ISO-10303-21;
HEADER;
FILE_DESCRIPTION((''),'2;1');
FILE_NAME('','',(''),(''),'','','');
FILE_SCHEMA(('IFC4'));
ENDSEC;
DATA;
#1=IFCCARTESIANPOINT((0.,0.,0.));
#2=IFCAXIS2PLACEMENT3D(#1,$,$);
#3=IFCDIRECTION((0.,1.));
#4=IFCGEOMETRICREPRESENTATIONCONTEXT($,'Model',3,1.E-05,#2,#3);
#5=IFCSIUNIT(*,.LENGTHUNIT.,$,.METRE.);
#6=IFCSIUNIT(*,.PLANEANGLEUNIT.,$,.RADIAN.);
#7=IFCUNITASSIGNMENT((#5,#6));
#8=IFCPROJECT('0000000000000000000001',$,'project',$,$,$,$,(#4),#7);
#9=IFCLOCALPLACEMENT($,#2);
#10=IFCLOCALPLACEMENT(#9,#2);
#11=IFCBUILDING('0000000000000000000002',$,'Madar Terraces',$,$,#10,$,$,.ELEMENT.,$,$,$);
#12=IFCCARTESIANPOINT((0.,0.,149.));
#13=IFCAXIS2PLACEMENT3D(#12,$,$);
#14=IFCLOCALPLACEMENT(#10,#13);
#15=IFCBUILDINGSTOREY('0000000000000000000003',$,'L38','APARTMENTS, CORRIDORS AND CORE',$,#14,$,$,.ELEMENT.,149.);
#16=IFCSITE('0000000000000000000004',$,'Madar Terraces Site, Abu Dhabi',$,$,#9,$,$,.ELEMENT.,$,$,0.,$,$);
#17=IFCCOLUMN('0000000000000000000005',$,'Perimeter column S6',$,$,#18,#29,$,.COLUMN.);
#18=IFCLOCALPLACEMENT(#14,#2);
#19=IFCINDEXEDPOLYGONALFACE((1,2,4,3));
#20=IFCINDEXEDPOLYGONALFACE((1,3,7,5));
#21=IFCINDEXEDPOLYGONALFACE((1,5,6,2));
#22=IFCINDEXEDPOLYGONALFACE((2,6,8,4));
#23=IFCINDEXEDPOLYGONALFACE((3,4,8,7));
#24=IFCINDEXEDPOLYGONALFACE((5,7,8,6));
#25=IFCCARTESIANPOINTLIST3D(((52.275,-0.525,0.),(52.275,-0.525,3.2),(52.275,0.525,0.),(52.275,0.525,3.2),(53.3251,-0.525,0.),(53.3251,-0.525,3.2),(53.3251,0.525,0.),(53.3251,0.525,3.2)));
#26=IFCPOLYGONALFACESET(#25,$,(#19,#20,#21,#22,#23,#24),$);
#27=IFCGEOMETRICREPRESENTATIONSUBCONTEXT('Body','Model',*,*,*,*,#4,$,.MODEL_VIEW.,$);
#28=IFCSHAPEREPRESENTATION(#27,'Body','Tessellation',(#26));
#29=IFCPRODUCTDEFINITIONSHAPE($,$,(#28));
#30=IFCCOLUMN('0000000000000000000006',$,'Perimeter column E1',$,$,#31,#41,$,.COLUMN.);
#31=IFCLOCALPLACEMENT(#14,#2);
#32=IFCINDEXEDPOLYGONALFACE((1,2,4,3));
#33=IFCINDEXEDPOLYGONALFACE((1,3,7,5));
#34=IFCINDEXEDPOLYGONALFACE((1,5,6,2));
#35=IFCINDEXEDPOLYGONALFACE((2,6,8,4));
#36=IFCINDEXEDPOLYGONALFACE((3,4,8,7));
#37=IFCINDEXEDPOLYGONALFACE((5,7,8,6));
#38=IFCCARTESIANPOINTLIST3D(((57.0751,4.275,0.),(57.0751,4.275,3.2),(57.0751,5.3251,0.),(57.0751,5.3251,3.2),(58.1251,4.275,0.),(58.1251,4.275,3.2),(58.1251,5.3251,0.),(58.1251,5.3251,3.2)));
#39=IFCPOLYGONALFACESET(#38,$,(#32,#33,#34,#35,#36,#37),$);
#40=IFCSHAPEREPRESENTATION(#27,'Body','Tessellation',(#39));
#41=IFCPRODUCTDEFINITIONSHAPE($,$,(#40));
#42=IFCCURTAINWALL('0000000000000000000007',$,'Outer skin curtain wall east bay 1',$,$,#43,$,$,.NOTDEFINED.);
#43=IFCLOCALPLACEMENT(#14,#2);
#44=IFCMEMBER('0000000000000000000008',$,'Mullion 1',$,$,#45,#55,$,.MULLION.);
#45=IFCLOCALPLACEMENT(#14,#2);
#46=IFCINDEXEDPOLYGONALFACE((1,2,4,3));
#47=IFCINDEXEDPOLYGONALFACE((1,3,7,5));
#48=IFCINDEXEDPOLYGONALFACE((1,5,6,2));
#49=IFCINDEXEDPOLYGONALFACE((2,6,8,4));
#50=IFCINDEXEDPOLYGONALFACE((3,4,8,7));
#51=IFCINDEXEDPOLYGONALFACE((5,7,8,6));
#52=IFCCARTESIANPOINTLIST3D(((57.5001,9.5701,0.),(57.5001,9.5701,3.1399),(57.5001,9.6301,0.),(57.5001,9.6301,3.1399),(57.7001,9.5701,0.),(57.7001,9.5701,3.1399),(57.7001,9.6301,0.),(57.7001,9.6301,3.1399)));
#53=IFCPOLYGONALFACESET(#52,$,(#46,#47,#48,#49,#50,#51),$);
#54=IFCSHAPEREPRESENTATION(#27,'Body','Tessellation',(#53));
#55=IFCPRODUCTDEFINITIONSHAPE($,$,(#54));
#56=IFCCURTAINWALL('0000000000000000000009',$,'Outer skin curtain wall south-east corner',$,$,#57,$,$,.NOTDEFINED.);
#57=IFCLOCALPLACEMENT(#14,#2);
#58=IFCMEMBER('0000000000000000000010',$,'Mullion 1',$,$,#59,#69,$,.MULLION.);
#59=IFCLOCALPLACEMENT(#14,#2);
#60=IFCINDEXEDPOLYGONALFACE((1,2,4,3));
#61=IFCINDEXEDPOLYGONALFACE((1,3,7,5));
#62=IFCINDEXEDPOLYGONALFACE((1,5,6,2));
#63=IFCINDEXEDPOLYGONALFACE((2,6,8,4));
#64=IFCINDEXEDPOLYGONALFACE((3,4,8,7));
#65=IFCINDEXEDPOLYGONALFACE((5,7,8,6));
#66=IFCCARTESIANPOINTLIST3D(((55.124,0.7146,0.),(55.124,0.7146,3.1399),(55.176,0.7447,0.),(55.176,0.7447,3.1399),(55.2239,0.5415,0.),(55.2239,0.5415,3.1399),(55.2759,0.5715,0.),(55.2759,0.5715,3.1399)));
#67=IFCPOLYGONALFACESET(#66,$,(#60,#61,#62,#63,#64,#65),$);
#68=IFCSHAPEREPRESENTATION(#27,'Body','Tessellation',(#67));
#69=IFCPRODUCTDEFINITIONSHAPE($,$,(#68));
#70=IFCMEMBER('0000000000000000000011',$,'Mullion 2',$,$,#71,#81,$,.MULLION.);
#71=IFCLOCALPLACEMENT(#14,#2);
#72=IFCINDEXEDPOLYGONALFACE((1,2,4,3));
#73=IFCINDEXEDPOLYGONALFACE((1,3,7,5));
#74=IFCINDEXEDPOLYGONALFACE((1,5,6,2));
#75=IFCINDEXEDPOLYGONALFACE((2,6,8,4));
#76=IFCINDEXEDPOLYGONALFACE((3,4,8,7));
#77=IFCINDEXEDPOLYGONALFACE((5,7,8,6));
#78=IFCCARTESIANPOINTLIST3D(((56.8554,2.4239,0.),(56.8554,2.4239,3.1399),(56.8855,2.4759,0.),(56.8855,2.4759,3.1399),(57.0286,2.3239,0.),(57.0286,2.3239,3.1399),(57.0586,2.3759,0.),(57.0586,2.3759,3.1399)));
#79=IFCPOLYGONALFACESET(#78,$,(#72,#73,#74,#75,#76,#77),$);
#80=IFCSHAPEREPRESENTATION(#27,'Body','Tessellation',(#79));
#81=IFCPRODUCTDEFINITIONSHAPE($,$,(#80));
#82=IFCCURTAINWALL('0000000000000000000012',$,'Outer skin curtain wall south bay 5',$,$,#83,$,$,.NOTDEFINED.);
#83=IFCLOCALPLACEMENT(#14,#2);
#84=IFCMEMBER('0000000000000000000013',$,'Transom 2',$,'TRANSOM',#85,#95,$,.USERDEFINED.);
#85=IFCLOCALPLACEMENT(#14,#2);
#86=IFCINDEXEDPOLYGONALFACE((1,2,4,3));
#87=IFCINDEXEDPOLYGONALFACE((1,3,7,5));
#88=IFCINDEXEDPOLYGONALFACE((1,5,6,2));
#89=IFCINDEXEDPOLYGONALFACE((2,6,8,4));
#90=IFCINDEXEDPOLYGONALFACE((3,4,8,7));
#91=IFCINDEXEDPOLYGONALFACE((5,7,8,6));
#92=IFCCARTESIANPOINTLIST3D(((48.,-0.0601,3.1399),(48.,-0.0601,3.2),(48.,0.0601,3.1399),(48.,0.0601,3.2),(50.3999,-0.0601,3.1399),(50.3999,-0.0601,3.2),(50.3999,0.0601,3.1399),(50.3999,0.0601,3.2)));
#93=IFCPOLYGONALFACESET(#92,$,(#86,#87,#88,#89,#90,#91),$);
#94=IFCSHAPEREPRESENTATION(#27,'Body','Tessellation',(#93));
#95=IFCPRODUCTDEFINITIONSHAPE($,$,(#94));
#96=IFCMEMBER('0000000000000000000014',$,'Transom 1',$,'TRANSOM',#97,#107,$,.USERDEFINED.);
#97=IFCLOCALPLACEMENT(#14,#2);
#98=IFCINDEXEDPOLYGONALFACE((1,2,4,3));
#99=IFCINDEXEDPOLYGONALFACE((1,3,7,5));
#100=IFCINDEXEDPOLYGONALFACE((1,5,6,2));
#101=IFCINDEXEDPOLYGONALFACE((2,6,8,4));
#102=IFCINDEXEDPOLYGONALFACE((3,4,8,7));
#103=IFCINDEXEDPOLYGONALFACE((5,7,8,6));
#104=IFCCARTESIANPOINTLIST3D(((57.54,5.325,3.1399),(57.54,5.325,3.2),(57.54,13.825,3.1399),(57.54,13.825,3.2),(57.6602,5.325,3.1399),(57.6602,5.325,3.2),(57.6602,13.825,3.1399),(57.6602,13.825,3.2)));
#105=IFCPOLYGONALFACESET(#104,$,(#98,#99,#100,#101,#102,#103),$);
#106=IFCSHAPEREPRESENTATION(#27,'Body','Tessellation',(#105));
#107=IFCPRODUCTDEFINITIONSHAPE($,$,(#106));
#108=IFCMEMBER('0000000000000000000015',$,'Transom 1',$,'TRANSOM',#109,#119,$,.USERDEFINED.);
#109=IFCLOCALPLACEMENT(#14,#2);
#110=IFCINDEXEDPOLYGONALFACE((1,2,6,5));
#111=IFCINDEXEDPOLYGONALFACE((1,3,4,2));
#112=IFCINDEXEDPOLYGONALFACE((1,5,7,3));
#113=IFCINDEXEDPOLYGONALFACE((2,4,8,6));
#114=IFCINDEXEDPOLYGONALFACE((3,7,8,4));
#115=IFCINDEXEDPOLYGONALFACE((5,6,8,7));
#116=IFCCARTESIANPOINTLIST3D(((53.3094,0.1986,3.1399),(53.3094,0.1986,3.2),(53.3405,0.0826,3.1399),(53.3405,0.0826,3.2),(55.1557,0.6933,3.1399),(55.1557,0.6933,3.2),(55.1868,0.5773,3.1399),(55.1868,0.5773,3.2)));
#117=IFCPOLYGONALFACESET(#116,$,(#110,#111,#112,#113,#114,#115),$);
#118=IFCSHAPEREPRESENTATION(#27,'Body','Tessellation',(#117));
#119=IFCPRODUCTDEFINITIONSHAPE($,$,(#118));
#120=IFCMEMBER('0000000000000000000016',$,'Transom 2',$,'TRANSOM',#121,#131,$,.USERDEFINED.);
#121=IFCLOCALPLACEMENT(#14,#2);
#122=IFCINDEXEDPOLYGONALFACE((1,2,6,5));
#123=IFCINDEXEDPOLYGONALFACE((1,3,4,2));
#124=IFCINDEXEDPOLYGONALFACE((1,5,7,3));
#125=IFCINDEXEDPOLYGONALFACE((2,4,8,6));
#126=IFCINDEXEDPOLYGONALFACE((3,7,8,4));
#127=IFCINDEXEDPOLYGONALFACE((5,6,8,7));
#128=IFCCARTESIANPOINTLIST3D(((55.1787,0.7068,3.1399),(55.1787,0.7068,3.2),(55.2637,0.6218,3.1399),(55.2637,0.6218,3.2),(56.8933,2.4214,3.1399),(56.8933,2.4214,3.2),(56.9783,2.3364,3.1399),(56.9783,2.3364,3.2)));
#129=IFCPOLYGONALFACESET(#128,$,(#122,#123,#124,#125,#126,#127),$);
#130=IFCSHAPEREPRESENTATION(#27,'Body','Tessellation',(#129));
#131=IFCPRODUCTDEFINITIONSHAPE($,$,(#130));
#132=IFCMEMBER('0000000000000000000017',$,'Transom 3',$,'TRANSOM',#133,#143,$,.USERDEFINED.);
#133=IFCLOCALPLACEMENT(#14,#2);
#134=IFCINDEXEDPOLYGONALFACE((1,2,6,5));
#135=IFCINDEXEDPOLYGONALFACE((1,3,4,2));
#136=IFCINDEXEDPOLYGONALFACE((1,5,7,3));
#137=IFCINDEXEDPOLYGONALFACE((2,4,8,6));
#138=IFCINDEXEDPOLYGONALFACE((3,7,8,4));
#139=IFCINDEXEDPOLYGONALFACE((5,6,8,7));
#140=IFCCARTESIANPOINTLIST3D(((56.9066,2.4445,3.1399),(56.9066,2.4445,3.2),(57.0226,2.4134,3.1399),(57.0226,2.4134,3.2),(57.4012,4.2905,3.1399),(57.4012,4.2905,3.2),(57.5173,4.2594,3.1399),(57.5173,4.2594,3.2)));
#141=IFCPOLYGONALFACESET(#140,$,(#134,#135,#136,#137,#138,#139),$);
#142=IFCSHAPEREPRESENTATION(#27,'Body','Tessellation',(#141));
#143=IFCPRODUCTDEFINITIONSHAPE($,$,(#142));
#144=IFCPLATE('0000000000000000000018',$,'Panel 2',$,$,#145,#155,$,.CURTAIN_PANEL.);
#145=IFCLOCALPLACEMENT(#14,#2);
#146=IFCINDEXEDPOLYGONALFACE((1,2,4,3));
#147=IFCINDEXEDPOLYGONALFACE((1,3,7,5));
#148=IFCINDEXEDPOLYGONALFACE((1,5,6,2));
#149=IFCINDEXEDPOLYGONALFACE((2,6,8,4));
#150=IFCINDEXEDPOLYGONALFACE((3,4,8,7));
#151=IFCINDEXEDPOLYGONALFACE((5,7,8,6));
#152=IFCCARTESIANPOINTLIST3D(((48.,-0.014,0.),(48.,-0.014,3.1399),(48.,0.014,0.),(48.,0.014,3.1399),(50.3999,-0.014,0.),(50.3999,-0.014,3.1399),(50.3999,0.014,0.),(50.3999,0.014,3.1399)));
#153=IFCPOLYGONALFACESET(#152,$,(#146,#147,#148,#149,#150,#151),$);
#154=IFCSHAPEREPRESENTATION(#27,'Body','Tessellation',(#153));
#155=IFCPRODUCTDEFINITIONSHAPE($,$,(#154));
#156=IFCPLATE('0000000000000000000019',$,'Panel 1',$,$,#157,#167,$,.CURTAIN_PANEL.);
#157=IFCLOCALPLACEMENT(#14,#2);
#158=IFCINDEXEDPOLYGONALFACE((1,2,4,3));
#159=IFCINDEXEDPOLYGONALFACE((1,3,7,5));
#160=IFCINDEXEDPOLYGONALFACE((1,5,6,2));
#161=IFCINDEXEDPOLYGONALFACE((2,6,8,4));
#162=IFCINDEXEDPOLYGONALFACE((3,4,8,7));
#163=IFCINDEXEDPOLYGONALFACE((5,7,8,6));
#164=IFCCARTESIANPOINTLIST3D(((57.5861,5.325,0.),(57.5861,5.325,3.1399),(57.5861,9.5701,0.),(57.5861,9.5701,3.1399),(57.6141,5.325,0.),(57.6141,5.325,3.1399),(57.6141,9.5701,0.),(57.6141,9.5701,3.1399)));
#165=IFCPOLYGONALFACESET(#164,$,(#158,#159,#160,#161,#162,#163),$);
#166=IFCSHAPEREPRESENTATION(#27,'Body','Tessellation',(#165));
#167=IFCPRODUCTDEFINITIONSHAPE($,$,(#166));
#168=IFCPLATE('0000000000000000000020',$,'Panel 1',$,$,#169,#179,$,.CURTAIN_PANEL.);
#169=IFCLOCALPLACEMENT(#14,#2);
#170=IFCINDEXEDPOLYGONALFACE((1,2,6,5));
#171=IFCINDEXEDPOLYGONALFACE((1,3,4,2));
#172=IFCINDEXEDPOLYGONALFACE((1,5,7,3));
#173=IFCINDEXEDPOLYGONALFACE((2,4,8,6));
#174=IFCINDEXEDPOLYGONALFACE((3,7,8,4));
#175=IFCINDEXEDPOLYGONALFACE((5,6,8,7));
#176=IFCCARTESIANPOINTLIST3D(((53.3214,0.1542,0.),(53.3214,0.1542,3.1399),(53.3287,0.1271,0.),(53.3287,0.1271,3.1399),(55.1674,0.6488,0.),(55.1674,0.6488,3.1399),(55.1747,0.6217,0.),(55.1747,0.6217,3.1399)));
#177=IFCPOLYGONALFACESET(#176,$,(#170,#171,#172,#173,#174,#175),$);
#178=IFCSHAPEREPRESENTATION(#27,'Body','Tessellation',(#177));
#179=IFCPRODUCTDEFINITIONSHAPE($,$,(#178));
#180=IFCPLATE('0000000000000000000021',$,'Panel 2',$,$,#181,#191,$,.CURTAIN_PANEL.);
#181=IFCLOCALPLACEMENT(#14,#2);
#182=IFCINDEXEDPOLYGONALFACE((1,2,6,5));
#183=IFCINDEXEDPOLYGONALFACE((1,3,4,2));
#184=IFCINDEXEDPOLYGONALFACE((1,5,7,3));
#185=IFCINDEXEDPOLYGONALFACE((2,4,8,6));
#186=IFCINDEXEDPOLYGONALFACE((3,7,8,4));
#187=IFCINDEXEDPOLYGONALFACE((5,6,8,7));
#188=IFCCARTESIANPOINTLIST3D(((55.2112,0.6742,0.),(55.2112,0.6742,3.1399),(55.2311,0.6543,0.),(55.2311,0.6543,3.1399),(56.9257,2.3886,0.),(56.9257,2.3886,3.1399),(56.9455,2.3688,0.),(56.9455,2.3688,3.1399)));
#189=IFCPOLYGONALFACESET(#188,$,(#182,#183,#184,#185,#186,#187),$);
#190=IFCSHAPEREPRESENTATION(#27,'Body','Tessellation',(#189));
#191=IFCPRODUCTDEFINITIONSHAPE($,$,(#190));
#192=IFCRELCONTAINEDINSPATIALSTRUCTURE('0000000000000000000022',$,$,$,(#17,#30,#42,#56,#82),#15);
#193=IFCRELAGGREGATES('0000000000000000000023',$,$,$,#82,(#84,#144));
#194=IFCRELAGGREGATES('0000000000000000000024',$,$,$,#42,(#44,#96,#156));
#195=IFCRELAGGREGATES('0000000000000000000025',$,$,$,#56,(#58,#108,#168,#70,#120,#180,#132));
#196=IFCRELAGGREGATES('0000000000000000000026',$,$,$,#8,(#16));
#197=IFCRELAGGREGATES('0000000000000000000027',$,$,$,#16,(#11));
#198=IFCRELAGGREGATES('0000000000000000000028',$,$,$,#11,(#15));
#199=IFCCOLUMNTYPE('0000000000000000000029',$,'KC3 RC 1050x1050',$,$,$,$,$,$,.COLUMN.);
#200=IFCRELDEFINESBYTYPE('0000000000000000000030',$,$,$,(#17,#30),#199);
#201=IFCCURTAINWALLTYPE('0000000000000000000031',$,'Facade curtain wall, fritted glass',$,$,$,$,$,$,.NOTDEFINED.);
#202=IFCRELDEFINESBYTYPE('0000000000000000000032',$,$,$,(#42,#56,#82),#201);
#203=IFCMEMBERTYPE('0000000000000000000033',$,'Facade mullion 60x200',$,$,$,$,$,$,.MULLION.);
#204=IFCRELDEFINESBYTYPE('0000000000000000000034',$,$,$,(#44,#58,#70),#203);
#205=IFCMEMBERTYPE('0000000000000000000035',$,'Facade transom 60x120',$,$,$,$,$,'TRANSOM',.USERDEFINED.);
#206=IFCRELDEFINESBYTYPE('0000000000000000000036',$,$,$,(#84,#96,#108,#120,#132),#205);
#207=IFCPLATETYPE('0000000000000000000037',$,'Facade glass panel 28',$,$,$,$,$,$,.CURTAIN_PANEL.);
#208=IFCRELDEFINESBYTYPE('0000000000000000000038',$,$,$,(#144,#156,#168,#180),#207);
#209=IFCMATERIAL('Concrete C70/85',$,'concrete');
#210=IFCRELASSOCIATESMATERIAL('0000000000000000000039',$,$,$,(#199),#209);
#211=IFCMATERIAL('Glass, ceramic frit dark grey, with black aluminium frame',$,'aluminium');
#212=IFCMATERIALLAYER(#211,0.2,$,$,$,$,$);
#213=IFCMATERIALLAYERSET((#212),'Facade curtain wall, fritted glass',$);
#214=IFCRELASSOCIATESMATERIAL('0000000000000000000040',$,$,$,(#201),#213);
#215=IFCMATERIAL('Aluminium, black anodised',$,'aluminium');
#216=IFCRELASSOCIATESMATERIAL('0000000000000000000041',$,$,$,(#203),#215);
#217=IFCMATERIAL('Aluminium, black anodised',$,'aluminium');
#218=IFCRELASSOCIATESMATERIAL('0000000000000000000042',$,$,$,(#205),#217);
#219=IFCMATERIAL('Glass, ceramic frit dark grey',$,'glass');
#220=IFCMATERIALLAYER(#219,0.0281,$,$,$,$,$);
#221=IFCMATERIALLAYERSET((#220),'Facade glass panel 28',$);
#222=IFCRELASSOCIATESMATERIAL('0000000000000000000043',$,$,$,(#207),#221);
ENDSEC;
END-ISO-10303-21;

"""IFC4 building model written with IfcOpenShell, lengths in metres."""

from ifc_helpers import new_model, si_unit, direction, frame, origin, origin_2d, place, context, subcontext, project, spatial, rectangle, extrude, material, layer, layer_set, material_profile, profile_set, type_object, element, aggregate, save


model = new_model("IFC4")

# Units and contexts
model_context = context("Model", 3, precision=1e-05, world=origin(), true_north=direction((0.0, 1.0)))
body_context = subcontext(model_context, "Body", "Model", "MODEL_VIEW")
ifc_project = project(units=[si_unit("LENGTHUNIT", "METRE"), si_unit("PLANEANGLEUNIT", "RADIAN")], contexts=[model_context])

# Site, building, storey
site_placement = place(None, origin())
site = spatial("IfcSite", under=ifc_project, at=site_placement, Name="Madar Terraces Site, Abu Dhabi", CompositionType="ELEMENT", RefElevation=0.0)
building_placement = place(site_placement, origin())
building = spatial("IfcBuilding", under=site, at=building_placement, Name="Madar Terraces", CompositionType="ELEMENT")
storey_placement = place(building_placement, frame((0.0, 0.0, 149.0)))
storey = spatial("IfcBuildingStorey", under=building, at=storey_placement, Name="L38", Description="APARTMENTS, CORRIDORS AND CORE", CompositionType="ELEMENT", Elevation=149.0)

# Columns
ifc_material_1 = material(Name="Concrete C70/85", Category="concrete")
ifc_material_profile_1 = material_profile(ifc_material_1, rectangle(XDim=1.05, YDim=1.05, at=origin_2d()), Name="KC3 RC 1050x1050")
ifc_profile_set_1 = profile_set([ifc_material_profile_1], Name="Concrete C70/85")
column_type = type_object("IfcColumnType", Name="KC3 RC 1050x1050", PredefinedType="COLUMN", material=ifc_profile_set_1)
for number, where, z_axis, x_axis, name in (
    (1, (52.8, 0.0, 0.0), (0.0, 0.0, 1.0), (1.0, 0.0, 0.0), "Perimeter column S6"),
    (2, (57.6001, 4.8, 0.0), (0.0, 0.0, 1.0), (1.0, 0.0, 0.0), "Perimeter column E1"),
):
    element("IfcColumn", number, at=place(storey_placement, frame(where, z_axis=z_axis, x_axis=x_axis)), inside=storey, type_object=column_type, Name=name, PredefinedType="COLUMN", context=body_context, shape_type="SweptSolid", body=[
        extrude(rectangle(XDim=1.05, YDim=1.05, at=origin_2d()), origin(), (0.0, 0.0, 1.0), 3.2),
    ])

# Curtain wall, member
ifc_material_2 = material(Name="Glass, ceramic frit dark grey, with black aluminium frame", Category="aluminium")
ifc_layer_1 = layer(ifc_material_2, 0.2)
ifc_layer_set_1 = layer_set([ifc_layer_1], Name="Facade curtain wall, fritted glass")
curtain_wall_type = type_object("IfcCurtainWallType", Name="Facade curtain wall, fritted glass", PredefinedType="NOTDEFINED", material=ifc_layer_set_1)
curtain_wall_1_placement = place(storey_placement, origin())
curtain_wall_1 = element("IfcCurtainWall", 3, at=curtain_wall_1_placement, inside=storey, type_object=curtain_wall_type, Name="Outer skin curtain wall east bay 1", PredefinedType="NOTDEFINED")
ifc_material_3 = material(Name="Aluminium, black anodised", Category="aluminium")
ifc_material_profile_2 = material_profile(ifc_material_3, rectangle(XDim=0.2, YDim=0.0601, at=origin_2d()), Name="Facade mullion 60x200")
ifc_profile_set_2 = profile_set([ifc_material_profile_2], Name="Aluminium, black anodised")
member_type_1 = type_object("IfcMemberType", Name="Facade mullion 60x200", PredefinedType="MULLION", material=ifc_profile_set_2)
member_1_placement = place(storey_placement, frame((57.6001, 9.6001, 0.0), z_axis=(0.0, 0.0, 1.0), x_axis=(-1.0, 0.0, 0.0)))
member_1 = element("IfcMember", 4, at=member_1_placement, type_object=member_type_1, Name="Mullion 1", PredefinedType="MULLION", context=body_context, shape_type="SweptSolid", body=[
    extrude(rectangle(XDim=0.2, YDim=0.0601, at=origin_2d()), origin(), (0.0, 0.0, 1.0), 3.1399),
])

# Curtain wall, members
curtain_wall_2_placement = place(storey_placement, origin())
curtain_wall_2 = element("IfcCurtainWall", 5, at=curtain_wall_2_placement, inside=storey, type_object=curtain_wall_type, Name="Outer skin curtain wall south-east corner", PredefinedType="NOTDEFINED")
member_2_placement = place(storey_placement, frame((55.2, 0.6431, 0.0), z_axis=(0.0, 0.0, 1.0), x_axis=(-0.5, 0.866025, 0.0)))
member_2 = element("IfcMember", 6, at=member_2_placement, type_object=member_type_1, Name="Mullion 1", PredefinedType="MULLION", context=body_context, shape_type="SweptSolid", body=[
    extrude(rectangle(XDim=0.2, YDim=0.0601, at=origin_2d()), origin(), (0.0, 0.0, 1.0), 3.1399),
])
member_3_placement = place(storey_placement, frame((56.957, 2.3999, 0.0), z_axis=(0.0, 0.0, 1.0), x_axis=(-0.866025, 0.5, 0.0)))
member_3 = element("IfcMember", 7, at=member_3_placement, type_object=member_type_1, Name="Mullion 2", PredefinedType="MULLION", context=body_context, shape_type="SweptSolid", body=[
    extrude(rectangle(XDim=0.2, YDim=0.0601, at=origin_2d()), origin(), (0.0, 0.0, 1.0), 3.1399),
])

# Curtain wall, member
curtain_wall_3_placement = place(storey_placement, origin())
curtain_wall_3 = element("IfcCurtainWall", 8, at=curtain_wall_3_placement, inside=storey, type_object=curtain_wall_type, Name="Outer skin curtain wall south bay 5", PredefinedType="NOTDEFINED")
ifc_material_4 = material(Name="Aluminium, black anodised", Category="aluminium")
ifc_material_profile_3 = material_profile(ifc_material_4, rectangle(XDim=0.1201, YDim=0.0601, at=origin_2d()), Name="Facade transom 60x120")
ifc_profile_set_3 = profile_set([ifc_material_profile_3], Name="Aluminium, black anodised")
member_type_2 = type_object("IfcMemberType", Name="Facade transom 60x120", ElementType="TRANSOM", PredefinedType="USERDEFINED", material=ifc_profile_set_3)
member_4_placement = place(storey_placement, frame((48.0, 0.0, 3.1699), z_axis=(1.0, 0.0, 0.0), x_axis=(0.0, 1.0, 0.0)))
member_4 = element("IfcMember", 9, at=member_4_placement, type_object=member_type_2, Name="Transom 2", ObjectType="TRANSOM", PredefinedType="USERDEFINED", context=body_context, shape_type="SweptSolid", body=[
    extrude(rectangle(XDim=0.1201, YDim=0.0601, at=origin_2d()), origin(), (0.0, 0.0, 1.0), 2.3999),
])

# Members
member_5_placement = place(storey_placement, frame((57.6001, 5.325, 3.1699), z_axis=(0.0, 1.0, 0.0), x_axis=(-1.0, 0.0, 0.0)))
member_5 = element("IfcMember", 10, at=member_5_placement, type_object=member_type_2, Name="Transom 1", ObjectType="TRANSOM", PredefinedType="USERDEFINED", context=body_context, shape_type="SweptSolid", body=[
    extrude(rectangle(XDim=0.1201, YDim=0.0601, at=origin_2d()), origin(), (0.0, 0.0, 1.0), 8.5),
])
member_6_placement = place(storey_placement, frame((53.325, 0.1406, 3.1699), z_axis=(0.965933, 0.258791, 0.0), x_axis=(-0.258791, 0.965933, 0.0)))
member_6 = element("IfcMember", 11, at=member_6_placement, type_object=member_type_2, Name="Transom 1", ObjectType="TRANSOM", PredefinedType="USERDEFINED", context=body_context, shape_type="SweptSolid", body=[
    extrude(rectangle(XDim=0.1201, YDim=0.0601, at=origin_2d()), origin(), (0.0, 0.0, 1.0), 1.9114),
])
member_7_placement = place(storey_placement, frame((55.2212, 0.6643, 3.1699), z_axis=(0.707107, 0.707107, 0.0), x_axis=(-0.707107, 0.707107, 0.0)))
member_7 = element("IfcMember", 12, at=member_7_placement, type_object=member_type_2, Name="Transom 2", ObjectType="TRANSOM", PredefinedType="USERDEFINED", context=body_context, shape_type="SweptSolid", body=[
    extrude(rectangle(XDim=0.1201, YDim=0.0601, at=origin_2d()), origin(), (0.0, 0.0, 1.0), 2.4248),
])
member_8_placement = place(storey_placement, frame((56.9646, 2.429, 3.1699), z_axis=(0.258823, 0.965925, 0.0), x_axis=(-0.965925, 0.258823, 0.0)))
member_8 = element("IfcMember", 13, at=member_8_placement, type_object=member_type_2, Name="Transom 3", ObjectType="TRANSOM", PredefinedType="USERDEFINED", context=body_context, shape_type="SweptSolid", body=[
    extrude(rectangle(XDim=0.1201, YDim=0.0601, at=origin_2d()), origin(), (0.0, 0.0, 1.0), 1.9111),
])

# Plates
ifc_material_5 = material(Name="Glass, ceramic frit dark grey", Category="glass")
ifc_layer_2 = layer(ifc_material_5, 0.0281)
ifc_layer_set_2 = layer_set([ifc_layer_2], Name="Facade glass panel 28")
plate_type = type_object("IfcPlateType", Name="Facade glass panel 28", PredefinedType="CURTAIN_PANEL", material=ifc_layer_set_2)
plate_1_placement = place(storey_placement, frame((49.2, 0.0, 0.0), z_axis=(0.0, 0.0, 1.0), x_axis=(1.0, 0.0, 0.0)))
plate_1 = element("IfcPlate", 14, at=plate_1_placement, type_object=plate_type, Name="Panel 2", PredefinedType="CURTAIN_PANEL", context=body_context, shape_type="SweptSolid", body=[
    extrude(rectangle(XDim=2.3999, YDim=0.0281, at=origin_2d()), origin(), (0.0, 0.0, 1.0), 3.1399),
])
aggregate(curtain_wall_3, [member_4, plate_1])
plate_2_placement = place(storey_placement, frame((57.6001, 7.4475, 0.0), z_axis=(0.0, 0.0, 1.0), x_axis=(0.0, 1.0, 0.0)))
plate_2 = element("IfcPlate", 15, at=plate_2_placement, type_object=plate_type, Name="Panel 1", PredefinedType="CURTAIN_PANEL", context=body_context, shape_type="SweptSolid", body=[
    extrude(rectangle(XDim=4.2451, YDim=0.0281, at=origin_2d()), origin(), (0.0, 0.0, 1.0), 3.1399),
])
aggregate(curtain_wall_1, [member_1, member_5, plate_2])
plate_3_placement = place(storey_placement, frame((54.248, 0.3879, 0.0), z_axis=(0.0, 0.0, 1.0), x_axis=(0.965926, 0.258819, 0.0)))
plate_3 = element("IfcPlate", 16, at=plate_3_placement, type_object=plate_type, Name="Panel 1", PredefinedType="CURTAIN_PANEL", context=body_context, shape_type="SweptSolid", body=[
    extrude(rectangle(XDim=1.9111, YDim=0.0281, at=origin_2d()), origin(), (0.0, 0.0, 1.0), 3.1399),
])
plate_4_placement = place(storey_placement, frame((56.0784, 1.5215, 0.0), z_axis=(0.0, 0.0, 1.0), x_axis=(0.707107, 0.707107, 0.0)))
plate_4 = element("IfcPlate", 17, at=plate_4_placement, type_object=plate_type, Name="Panel 2", PredefinedType="CURTAIN_PANEL", context=body_context, shape_type="SweptSolid", body=[
    extrude(rectangle(XDim=2.4246, YDim=0.0281, at=origin_2d()), origin(), (0.0, 0.0, 1.0), 3.1399),
])
aggregate(curtain_wall_2, [member_2, member_6, plate_3, member_3, member_7, plate_4, member_8])

save(model, "model.ifc")
